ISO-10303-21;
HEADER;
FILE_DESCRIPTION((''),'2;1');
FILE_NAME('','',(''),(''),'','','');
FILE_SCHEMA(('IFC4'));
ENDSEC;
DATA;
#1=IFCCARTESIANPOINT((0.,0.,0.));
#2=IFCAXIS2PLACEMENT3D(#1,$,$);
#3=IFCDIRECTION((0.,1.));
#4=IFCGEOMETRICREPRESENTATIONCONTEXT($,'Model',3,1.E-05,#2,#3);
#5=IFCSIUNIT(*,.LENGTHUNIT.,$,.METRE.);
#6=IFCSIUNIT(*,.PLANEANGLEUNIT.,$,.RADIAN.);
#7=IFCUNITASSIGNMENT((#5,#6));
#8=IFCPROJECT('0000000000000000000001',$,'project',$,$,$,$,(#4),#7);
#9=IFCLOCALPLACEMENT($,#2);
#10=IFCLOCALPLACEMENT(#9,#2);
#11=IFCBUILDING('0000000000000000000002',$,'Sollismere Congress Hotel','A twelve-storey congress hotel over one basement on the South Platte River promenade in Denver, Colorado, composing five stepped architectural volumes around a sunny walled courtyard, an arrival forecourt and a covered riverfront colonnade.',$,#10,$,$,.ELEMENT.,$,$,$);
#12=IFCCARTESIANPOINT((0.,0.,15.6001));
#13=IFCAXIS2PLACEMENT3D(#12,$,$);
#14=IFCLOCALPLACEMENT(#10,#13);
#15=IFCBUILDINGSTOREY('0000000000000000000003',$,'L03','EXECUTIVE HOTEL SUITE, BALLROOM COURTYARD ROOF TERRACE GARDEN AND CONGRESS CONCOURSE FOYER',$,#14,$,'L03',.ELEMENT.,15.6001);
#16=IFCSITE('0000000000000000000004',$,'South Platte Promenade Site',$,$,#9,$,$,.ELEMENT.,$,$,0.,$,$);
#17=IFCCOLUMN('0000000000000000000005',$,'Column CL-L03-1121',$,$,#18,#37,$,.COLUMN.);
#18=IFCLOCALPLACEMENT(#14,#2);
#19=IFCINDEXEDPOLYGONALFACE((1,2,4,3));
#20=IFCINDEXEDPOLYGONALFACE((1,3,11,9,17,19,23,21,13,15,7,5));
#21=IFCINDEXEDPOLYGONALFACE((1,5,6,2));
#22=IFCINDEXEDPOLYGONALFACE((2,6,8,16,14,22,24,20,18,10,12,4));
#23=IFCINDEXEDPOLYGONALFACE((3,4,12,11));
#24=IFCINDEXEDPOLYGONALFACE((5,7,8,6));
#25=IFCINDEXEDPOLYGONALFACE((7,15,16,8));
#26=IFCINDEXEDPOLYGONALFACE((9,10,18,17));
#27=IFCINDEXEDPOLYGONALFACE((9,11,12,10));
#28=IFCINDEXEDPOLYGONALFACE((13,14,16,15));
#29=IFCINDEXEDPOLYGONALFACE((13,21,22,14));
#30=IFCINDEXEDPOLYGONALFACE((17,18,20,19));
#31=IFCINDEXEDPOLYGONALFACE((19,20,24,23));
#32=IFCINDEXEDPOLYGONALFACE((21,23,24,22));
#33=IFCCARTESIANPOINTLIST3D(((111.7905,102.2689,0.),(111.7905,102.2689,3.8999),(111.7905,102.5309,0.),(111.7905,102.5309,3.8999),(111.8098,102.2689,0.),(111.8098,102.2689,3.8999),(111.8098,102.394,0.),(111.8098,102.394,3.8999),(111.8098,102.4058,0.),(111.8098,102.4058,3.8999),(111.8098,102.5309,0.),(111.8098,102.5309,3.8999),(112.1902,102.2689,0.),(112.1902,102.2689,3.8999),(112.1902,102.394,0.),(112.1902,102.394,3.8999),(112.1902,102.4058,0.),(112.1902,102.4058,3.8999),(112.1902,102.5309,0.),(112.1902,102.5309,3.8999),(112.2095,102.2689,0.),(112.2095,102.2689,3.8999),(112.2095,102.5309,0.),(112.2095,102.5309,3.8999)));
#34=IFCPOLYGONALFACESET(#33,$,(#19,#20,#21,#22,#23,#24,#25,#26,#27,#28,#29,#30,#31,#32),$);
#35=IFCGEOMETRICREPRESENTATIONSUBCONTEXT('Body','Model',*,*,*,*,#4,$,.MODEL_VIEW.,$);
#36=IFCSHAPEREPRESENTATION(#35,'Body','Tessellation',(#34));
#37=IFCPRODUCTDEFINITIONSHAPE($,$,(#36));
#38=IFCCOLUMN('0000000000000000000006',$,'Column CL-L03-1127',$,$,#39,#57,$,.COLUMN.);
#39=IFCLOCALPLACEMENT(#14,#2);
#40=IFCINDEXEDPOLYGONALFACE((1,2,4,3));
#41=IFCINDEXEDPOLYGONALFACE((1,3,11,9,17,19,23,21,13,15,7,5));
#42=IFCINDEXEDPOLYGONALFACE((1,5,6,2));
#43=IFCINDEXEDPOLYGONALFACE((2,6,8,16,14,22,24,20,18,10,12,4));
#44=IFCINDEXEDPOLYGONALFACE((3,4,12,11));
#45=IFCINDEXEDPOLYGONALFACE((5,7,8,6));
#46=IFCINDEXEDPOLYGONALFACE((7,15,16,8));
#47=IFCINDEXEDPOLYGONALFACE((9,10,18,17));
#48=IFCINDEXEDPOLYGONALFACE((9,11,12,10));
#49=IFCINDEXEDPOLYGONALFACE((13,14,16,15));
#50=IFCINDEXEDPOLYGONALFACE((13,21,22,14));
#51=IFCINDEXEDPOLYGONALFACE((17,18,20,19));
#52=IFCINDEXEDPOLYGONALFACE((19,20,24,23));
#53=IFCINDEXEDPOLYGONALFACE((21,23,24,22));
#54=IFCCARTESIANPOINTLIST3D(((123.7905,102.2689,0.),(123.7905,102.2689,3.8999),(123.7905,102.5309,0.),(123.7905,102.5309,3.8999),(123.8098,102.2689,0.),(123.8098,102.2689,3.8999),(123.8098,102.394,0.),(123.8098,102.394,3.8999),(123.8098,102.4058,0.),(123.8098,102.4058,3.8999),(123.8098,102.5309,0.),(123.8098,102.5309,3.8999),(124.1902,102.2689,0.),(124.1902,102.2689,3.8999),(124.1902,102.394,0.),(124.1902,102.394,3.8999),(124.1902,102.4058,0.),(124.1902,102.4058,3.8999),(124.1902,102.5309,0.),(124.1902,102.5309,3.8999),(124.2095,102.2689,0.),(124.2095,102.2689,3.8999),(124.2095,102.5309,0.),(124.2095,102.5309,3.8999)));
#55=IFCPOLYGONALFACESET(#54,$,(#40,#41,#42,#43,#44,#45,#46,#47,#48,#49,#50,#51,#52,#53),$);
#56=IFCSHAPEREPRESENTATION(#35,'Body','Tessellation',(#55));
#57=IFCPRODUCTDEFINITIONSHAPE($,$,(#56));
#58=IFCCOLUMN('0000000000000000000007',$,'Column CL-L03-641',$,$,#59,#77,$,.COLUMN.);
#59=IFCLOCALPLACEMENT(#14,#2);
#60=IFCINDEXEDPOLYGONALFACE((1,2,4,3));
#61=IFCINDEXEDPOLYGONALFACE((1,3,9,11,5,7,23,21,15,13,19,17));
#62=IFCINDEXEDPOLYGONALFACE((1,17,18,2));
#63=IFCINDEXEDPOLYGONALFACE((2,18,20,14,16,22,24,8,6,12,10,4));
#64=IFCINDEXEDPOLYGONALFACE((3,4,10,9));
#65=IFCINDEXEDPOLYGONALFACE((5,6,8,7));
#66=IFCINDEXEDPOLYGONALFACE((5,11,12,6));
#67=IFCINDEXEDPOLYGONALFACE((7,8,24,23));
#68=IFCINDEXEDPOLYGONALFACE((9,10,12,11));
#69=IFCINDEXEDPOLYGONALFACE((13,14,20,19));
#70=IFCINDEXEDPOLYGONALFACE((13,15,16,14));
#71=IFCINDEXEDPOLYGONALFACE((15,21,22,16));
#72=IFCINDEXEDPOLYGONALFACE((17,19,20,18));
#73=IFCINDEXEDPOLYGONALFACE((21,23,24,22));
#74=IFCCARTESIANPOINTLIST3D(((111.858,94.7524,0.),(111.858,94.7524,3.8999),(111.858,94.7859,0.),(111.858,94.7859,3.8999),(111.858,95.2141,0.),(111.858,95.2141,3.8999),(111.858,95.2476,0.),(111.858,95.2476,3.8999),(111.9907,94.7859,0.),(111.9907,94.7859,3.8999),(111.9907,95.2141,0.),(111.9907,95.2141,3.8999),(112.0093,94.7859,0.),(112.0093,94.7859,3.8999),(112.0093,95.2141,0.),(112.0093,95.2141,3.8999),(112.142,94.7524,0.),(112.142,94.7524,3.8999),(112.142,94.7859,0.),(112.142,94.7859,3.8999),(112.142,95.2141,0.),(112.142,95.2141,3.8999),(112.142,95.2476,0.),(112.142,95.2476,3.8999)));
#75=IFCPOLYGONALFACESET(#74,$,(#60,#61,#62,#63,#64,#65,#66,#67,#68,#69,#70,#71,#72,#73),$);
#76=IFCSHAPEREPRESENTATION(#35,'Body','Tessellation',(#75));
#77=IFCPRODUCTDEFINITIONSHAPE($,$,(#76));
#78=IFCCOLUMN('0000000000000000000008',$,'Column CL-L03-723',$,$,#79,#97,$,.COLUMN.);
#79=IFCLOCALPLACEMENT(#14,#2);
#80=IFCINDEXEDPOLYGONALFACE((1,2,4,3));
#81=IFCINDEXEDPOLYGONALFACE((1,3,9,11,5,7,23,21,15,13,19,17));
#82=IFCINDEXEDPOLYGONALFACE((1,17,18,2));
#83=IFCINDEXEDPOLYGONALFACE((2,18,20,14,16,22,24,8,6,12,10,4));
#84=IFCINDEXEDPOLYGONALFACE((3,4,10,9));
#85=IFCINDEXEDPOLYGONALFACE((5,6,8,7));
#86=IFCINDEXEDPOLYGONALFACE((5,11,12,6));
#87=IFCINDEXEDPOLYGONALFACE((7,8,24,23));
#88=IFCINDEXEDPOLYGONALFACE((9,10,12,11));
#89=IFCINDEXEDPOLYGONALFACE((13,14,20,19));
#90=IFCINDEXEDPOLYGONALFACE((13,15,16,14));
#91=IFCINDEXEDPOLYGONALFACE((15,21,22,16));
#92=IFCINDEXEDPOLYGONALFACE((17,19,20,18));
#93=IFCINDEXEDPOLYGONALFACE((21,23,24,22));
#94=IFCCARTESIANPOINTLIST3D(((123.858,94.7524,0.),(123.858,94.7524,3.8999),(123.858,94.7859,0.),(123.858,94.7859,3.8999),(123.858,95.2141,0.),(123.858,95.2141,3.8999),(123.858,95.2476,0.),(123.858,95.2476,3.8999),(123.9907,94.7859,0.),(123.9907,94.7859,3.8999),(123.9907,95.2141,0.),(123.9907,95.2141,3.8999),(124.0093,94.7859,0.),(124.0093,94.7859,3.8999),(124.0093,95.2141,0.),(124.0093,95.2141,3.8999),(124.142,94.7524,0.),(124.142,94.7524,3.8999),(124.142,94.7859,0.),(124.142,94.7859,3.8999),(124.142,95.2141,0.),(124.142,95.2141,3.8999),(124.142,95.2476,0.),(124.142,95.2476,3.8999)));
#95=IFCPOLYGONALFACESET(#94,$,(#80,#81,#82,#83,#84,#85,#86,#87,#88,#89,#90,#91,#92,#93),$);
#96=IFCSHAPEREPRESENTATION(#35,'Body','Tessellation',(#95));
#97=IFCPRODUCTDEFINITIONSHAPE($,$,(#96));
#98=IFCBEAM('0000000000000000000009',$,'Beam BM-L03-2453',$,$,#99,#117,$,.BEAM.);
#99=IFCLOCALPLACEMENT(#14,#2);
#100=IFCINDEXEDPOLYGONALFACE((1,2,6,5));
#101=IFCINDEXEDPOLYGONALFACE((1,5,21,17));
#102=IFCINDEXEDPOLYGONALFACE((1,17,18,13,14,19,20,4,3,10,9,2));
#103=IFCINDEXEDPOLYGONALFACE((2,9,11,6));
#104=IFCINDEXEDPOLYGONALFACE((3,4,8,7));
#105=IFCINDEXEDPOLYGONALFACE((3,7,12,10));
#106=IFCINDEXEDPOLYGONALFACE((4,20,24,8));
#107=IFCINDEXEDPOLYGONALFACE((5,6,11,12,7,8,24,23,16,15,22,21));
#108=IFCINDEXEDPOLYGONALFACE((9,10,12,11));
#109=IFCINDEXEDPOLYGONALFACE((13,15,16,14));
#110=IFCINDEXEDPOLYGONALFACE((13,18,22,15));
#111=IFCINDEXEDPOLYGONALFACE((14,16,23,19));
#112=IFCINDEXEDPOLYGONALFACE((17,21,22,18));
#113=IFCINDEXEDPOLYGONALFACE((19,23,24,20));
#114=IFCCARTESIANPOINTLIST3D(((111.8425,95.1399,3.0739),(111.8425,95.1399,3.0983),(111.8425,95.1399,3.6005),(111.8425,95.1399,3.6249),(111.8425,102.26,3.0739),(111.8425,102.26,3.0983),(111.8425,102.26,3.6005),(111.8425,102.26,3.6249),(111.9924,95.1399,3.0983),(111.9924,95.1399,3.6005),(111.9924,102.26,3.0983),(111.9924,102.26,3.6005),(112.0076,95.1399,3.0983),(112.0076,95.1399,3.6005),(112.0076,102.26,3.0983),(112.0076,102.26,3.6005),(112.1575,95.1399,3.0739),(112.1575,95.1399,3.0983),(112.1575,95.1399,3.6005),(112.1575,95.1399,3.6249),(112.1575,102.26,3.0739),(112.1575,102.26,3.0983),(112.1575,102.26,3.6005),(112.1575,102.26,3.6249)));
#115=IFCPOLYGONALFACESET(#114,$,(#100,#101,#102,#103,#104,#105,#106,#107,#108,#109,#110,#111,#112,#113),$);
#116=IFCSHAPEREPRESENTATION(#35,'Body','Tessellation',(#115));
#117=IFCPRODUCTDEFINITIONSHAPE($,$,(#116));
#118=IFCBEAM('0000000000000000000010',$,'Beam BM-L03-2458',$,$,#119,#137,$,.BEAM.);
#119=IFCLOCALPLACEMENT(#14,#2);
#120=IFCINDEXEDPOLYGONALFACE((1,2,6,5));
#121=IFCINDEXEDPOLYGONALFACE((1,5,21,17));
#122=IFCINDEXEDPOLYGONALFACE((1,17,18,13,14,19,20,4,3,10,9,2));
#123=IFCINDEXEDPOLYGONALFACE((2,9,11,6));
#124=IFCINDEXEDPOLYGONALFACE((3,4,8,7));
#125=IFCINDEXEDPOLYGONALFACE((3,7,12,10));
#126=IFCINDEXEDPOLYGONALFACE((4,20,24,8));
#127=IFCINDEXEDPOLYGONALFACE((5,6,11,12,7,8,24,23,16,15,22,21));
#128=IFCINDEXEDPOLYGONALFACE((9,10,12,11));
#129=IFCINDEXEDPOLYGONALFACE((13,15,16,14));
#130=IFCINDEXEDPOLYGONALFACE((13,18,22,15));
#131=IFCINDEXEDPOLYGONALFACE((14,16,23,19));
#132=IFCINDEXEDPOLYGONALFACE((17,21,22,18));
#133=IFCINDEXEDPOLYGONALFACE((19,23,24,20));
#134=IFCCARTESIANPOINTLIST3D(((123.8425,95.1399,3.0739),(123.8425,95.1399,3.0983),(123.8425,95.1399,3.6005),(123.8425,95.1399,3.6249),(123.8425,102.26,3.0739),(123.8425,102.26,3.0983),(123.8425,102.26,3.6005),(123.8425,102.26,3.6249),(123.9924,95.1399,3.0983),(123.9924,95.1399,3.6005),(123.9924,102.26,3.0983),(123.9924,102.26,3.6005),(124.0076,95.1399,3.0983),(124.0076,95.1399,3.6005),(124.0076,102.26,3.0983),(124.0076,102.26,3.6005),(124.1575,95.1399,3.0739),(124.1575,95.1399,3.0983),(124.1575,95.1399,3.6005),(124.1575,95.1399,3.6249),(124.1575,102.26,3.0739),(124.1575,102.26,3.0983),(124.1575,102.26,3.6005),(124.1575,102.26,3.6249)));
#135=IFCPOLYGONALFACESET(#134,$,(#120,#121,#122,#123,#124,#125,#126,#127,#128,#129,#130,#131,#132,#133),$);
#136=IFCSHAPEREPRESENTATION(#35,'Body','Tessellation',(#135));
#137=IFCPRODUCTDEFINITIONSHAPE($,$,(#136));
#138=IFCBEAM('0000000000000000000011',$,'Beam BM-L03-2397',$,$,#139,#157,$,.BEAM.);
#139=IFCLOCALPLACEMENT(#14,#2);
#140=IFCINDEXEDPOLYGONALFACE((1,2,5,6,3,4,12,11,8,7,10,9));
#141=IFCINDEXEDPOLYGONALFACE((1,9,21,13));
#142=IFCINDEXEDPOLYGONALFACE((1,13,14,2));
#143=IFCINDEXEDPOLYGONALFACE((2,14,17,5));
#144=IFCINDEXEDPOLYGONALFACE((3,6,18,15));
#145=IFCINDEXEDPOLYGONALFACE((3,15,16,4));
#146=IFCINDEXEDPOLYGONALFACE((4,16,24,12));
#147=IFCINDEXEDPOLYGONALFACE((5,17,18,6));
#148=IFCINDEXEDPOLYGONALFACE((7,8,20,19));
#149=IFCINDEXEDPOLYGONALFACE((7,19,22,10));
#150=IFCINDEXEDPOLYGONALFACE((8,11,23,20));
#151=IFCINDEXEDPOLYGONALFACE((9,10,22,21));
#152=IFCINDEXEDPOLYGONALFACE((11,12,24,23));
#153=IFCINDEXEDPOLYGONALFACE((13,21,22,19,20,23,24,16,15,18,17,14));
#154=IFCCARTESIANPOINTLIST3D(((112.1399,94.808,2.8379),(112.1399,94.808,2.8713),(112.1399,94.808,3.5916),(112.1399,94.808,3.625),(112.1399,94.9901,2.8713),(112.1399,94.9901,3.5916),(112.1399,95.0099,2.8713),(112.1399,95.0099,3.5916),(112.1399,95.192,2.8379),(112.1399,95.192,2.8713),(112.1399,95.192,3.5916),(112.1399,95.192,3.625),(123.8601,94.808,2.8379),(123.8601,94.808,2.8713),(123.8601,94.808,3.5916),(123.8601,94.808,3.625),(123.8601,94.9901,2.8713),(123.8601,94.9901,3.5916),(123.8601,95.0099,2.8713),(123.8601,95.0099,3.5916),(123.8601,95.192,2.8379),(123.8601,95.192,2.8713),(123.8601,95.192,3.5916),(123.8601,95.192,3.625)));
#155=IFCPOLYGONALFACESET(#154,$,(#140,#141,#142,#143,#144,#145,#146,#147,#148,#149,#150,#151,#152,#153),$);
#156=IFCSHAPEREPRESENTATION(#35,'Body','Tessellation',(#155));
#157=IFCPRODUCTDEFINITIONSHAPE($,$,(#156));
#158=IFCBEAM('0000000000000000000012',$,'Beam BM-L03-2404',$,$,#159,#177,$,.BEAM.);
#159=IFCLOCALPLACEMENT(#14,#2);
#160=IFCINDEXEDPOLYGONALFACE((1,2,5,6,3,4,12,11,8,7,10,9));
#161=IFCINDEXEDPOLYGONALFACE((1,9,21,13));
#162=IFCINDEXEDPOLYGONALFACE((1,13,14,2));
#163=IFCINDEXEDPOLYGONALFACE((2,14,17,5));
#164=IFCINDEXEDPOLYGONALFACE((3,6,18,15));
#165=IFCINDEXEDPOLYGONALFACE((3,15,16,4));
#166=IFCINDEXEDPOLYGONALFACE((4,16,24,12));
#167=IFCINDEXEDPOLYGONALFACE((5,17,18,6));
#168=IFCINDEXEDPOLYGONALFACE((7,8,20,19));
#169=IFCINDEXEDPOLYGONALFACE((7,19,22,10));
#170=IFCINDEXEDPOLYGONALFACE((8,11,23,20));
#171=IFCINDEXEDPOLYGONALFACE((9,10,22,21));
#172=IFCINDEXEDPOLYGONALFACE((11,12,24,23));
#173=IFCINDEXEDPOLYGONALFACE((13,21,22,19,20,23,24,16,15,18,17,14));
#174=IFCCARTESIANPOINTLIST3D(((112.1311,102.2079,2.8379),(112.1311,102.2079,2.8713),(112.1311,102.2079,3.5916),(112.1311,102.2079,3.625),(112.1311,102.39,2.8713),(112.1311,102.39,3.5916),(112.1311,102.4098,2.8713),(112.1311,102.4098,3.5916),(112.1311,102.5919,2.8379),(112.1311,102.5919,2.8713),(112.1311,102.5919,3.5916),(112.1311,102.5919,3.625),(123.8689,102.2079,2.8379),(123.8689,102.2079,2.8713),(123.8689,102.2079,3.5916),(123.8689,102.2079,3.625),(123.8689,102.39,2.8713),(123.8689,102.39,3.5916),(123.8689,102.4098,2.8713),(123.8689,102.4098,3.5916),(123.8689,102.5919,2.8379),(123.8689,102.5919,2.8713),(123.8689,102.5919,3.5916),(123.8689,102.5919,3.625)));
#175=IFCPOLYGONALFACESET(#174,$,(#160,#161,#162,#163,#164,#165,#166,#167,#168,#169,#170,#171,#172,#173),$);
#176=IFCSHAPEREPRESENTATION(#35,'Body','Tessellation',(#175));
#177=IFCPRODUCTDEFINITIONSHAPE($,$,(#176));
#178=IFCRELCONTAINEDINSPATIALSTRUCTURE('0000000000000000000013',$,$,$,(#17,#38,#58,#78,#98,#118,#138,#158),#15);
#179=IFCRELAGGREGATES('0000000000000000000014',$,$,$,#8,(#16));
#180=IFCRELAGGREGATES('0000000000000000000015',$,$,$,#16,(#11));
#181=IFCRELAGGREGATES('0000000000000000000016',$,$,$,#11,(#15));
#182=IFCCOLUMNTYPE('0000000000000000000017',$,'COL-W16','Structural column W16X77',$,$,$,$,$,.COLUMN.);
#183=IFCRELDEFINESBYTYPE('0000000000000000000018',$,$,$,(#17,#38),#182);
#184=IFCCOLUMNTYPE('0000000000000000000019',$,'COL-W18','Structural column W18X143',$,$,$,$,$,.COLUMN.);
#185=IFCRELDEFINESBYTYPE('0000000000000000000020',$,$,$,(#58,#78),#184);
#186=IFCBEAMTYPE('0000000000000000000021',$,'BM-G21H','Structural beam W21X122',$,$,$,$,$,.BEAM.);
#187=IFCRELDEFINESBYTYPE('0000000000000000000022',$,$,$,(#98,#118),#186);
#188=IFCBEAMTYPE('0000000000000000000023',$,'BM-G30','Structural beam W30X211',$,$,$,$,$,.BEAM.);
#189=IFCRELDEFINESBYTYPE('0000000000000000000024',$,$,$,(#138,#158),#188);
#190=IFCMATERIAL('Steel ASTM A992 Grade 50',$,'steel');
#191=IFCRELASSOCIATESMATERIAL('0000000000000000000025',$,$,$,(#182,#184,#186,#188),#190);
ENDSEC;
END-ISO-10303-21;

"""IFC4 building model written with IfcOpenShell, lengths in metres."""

from ifc_helpers import new_model, si_unit, direction, frame, origin, origin_2d, place, context, subcontext, project, spatial, i_section, extrude, material, material_profile, profile_set, type_object, element, save


model = new_model("IFC4")

# Units and contexts
model_context = context("Model", 3, precision=1e-05, world=origin(), true_north=direction((0.0, 1.0)))
body_context = subcontext(model_context, "Body", "Model", "MODEL_VIEW")
ifc_project = project(units=[si_unit("LENGTHUNIT", "METRE"), si_unit("PLANEANGLEUNIT", "RADIAN")], contexts=[model_context])

# Site, building, storey
site_placement = place(None, origin())
site = spatial("IfcSite", under=ifc_project, at=site_placement, Name="South Platte Promenade Site", CompositionType="ELEMENT", RefElevation=0.0)
building_placement = place(site_placement, origin())
building = spatial("IfcBuilding", under=site, at=building_placement, Name="Sollismere Congress Hotel", Description="A twelve-storey congress hotel over one basement on the South Platte River promenade in Denver, Colorado, composing five stepped architectural volumes around a sunny walled courtyard, an arrival forecourt and a covered riverfront colonnade.", CompositionType="ELEMENT")
storey_placement = place(building_placement, frame((0.0, 0.0, 15.6001)))
storey = spatial("IfcBuildingStorey", under=building, at=storey_placement, Name="L03", Description="EXECUTIVE HOTEL SUITE, BALLROOM COURTYARD ROOF TERRACE GARDEN AND CONGRESS CONCOURSE FOYER", LongName="L03", CompositionType="ELEMENT", Elevation=15.6001)

# Columns
ifc_material_1 = material(Name="Steel ASTM A992 Grade 50", Category="steel")
ifc_material_profile_1 = material_profile(ifc_material_1, i_section(OverallWidth=0.262, OverallDepth=0.4189, WebThickness=0.0117, FlangeThickness=0.0193, at=origin_2d()), Name="W16X77")
ifc_profile_set_1 = profile_set([ifc_material_profile_1], Name="Steel ASTM A992 Grade 50")
column_type_1 = type_object("IfcColumnType", Name="COL-W16", Description="Structural column W16X77", PredefinedType="COLUMN", material=ifc_profile_set_1)
for number, where, z_axis, x_axis, name in (
    (1, (112.0, 102.3999, 0.0), (0.0, 0.0, 1.0), (0.0, 1.0, 0.0), "Column CL-L03-1121"),
    (2, (124.0, 102.3999, 0.0), (0.0, 0.0, 1.0), (0.0, 1.0, 0.0), "Column CL-L03-1127"),
):
    element("IfcColumn", number, at=place(storey_placement, frame(where, z_axis=z_axis, x_axis=x_axis)), inside=storey, type_object=column_type_1, Name=name, PredefinedType="COLUMN", context=body_context, shape_type="SweptSolid", body=[
        extrude(i_section(OverallWidth=0.262, OverallDepth=0.4189, WebThickness=0.0117, FlangeThickness=0.0193, at=origin_2d()), origin(), (0.0, 0.0, 1.0), 3.8999),
    ])
ifc_material_profile_2 = material_profile(ifc_material_1, i_section(OverallWidth=0.2839, OverallDepth=0.4951, WebThickness=0.0186, FlangeThickness=0.0334, at=origin_2d()), Name="W18X143")
ifc_profile_set_2 = profile_set([ifc_material_profile_2], Name="Steel ASTM A992 Grade 50")
column_type_2 = type_object("IfcColumnType", Name="COL-W18", Description="Structural column W18X143", PredefinedType="COLUMN", material=ifc_profile_set_2)
for number, where, z_axis, x_axis, name in (
    (3, (112.0, 95.0, 0.0), (0.0, 0.0, 1.0), (1.0, 0.0, 0.0), "Column CL-L03-641"),
    (4, (124.0, 95.0, 0.0), (0.0, 0.0, 1.0), (1.0, 0.0, 0.0), "Column CL-L03-723"),
):
    element("IfcColumn", number, at=place(storey_placement, frame(where, z_axis=z_axis, x_axis=x_axis)), inside=storey, type_object=column_type_2, Name=name, PredefinedType="COLUMN", context=body_context, shape_type="SweptSolid", body=[
        extrude(i_section(OverallWidth=0.2839, OverallDepth=0.4951, WebThickness=0.0186, FlangeThickness=0.0334, at=origin_2d()), origin(), (0.0, 0.0, 1.0), 3.8999),
    ])

# Beams
ifc_material_profile_3 = material_profile(ifc_material_1, i_section(OverallWidth=0.3149, OverallDepth=0.551, WebThickness=0.0151, FlangeThickness=0.0244, at=origin_2d()), Name="W21X122")
ifc_profile_set_3 = profile_set([ifc_material_profile_3], Name="Steel ASTM A992 Grade 50")
beam_type_1 = type_object("IfcBeamType", Name="BM-G21H", Description="Structural beam W21X122", PredefinedType="BEAM", material=ifc_profile_set_3)
for number, where, z_axis, x_axis, name in (
    (5, (112.0, 95.1399, 3.3494), (0.0, 1.0, 0.0), (-1.0, 0.0, 0.0), "Beam BM-L03-2453"),
    (6, (124.0, 95.1399, 3.3494), (0.0, 1.0, 0.0), (-1.0, 0.0, 0.0), "Beam BM-L03-2458"),
):
    element("IfcBeam", number, at=place(storey_placement, frame(where, z_axis=z_axis, x_axis=x_axis)), inside=storey, type_object=beam_type_1, Name=name, PredefinedType="BEAM", context=body_context, shape_type="SweptSolid", body=[
        extrude(i_section(OverallWidth=0.3149, OverallDepth=0.551, WebThickness=0.0151, FlangeThickness=0.0244, at=origin_2d()), origin(), (0.0, 0.0, 1.0), 7.1201),
    ])
ifc_material_profile_4 = material_profile(ifc_material_1, i_section(OverallWidth=0.384, OverallDepth=0.7871, WebThickness=0.0198, FlangeThickness=0.0334, at=origin_2d()), Name="W30X211")
ifc_profile_set_4 = profile_set([ifc_material_profile_4], Name="Steel ASTM A992 Grade 50")
beam_type_2 = type_object("IfcBeamType", Name="BM-G30", Description="Structural beam W30X211", PredefinedType="BEAM", material=ifc_profile_set_4)
beam_1_placement = place(storey_placement, frame((112.1399, 95.0, 3.2314), z_axis=(1.0, 0.0, 0.0), x_axis=(0.0, 1.0, 0.0)))
element("IfcBeam", 7, at=beam_1_placement, inside=storey, type_object=beam_type_2, Name="Beam BM-L03-2397", PredefinedType="BEAM", context=body_context, shape_type="SweptSolid", body=[
    extrude(i_section(OverallWidth=0.384, OverallDepth=0.7871, WebThickness=0.0198, FlangeThickness=0.0334, at=origin_2d()), origin(), (0.0, 0.0, 1.0), 11.7202),
])
beam_2_placement = place(storey_placement, frame((112.1311, 102.3999, 3.2314), z_axis=(1.0, 0.0, 0.0), x_axis=(0.0, 1.0, 0.0)))
element("IfcBeam", 8, at=beam_2_placement, inside=storey, type_object=beam_type_2, Name="Beam BM-L03-2404", PredefinedType="BEAM", context=body_context, shape_type="SweptSolid", body=[
    extrude(i_section(OverallWidth=0.384, OverallDepth=0.7871, WebThickness=0.0198, FlangeThickness=0.0334, at=origin_2d()), origin(), (0.0, 0.0, 1.0), 11.7378),
])

save(model, "model.ifc")
